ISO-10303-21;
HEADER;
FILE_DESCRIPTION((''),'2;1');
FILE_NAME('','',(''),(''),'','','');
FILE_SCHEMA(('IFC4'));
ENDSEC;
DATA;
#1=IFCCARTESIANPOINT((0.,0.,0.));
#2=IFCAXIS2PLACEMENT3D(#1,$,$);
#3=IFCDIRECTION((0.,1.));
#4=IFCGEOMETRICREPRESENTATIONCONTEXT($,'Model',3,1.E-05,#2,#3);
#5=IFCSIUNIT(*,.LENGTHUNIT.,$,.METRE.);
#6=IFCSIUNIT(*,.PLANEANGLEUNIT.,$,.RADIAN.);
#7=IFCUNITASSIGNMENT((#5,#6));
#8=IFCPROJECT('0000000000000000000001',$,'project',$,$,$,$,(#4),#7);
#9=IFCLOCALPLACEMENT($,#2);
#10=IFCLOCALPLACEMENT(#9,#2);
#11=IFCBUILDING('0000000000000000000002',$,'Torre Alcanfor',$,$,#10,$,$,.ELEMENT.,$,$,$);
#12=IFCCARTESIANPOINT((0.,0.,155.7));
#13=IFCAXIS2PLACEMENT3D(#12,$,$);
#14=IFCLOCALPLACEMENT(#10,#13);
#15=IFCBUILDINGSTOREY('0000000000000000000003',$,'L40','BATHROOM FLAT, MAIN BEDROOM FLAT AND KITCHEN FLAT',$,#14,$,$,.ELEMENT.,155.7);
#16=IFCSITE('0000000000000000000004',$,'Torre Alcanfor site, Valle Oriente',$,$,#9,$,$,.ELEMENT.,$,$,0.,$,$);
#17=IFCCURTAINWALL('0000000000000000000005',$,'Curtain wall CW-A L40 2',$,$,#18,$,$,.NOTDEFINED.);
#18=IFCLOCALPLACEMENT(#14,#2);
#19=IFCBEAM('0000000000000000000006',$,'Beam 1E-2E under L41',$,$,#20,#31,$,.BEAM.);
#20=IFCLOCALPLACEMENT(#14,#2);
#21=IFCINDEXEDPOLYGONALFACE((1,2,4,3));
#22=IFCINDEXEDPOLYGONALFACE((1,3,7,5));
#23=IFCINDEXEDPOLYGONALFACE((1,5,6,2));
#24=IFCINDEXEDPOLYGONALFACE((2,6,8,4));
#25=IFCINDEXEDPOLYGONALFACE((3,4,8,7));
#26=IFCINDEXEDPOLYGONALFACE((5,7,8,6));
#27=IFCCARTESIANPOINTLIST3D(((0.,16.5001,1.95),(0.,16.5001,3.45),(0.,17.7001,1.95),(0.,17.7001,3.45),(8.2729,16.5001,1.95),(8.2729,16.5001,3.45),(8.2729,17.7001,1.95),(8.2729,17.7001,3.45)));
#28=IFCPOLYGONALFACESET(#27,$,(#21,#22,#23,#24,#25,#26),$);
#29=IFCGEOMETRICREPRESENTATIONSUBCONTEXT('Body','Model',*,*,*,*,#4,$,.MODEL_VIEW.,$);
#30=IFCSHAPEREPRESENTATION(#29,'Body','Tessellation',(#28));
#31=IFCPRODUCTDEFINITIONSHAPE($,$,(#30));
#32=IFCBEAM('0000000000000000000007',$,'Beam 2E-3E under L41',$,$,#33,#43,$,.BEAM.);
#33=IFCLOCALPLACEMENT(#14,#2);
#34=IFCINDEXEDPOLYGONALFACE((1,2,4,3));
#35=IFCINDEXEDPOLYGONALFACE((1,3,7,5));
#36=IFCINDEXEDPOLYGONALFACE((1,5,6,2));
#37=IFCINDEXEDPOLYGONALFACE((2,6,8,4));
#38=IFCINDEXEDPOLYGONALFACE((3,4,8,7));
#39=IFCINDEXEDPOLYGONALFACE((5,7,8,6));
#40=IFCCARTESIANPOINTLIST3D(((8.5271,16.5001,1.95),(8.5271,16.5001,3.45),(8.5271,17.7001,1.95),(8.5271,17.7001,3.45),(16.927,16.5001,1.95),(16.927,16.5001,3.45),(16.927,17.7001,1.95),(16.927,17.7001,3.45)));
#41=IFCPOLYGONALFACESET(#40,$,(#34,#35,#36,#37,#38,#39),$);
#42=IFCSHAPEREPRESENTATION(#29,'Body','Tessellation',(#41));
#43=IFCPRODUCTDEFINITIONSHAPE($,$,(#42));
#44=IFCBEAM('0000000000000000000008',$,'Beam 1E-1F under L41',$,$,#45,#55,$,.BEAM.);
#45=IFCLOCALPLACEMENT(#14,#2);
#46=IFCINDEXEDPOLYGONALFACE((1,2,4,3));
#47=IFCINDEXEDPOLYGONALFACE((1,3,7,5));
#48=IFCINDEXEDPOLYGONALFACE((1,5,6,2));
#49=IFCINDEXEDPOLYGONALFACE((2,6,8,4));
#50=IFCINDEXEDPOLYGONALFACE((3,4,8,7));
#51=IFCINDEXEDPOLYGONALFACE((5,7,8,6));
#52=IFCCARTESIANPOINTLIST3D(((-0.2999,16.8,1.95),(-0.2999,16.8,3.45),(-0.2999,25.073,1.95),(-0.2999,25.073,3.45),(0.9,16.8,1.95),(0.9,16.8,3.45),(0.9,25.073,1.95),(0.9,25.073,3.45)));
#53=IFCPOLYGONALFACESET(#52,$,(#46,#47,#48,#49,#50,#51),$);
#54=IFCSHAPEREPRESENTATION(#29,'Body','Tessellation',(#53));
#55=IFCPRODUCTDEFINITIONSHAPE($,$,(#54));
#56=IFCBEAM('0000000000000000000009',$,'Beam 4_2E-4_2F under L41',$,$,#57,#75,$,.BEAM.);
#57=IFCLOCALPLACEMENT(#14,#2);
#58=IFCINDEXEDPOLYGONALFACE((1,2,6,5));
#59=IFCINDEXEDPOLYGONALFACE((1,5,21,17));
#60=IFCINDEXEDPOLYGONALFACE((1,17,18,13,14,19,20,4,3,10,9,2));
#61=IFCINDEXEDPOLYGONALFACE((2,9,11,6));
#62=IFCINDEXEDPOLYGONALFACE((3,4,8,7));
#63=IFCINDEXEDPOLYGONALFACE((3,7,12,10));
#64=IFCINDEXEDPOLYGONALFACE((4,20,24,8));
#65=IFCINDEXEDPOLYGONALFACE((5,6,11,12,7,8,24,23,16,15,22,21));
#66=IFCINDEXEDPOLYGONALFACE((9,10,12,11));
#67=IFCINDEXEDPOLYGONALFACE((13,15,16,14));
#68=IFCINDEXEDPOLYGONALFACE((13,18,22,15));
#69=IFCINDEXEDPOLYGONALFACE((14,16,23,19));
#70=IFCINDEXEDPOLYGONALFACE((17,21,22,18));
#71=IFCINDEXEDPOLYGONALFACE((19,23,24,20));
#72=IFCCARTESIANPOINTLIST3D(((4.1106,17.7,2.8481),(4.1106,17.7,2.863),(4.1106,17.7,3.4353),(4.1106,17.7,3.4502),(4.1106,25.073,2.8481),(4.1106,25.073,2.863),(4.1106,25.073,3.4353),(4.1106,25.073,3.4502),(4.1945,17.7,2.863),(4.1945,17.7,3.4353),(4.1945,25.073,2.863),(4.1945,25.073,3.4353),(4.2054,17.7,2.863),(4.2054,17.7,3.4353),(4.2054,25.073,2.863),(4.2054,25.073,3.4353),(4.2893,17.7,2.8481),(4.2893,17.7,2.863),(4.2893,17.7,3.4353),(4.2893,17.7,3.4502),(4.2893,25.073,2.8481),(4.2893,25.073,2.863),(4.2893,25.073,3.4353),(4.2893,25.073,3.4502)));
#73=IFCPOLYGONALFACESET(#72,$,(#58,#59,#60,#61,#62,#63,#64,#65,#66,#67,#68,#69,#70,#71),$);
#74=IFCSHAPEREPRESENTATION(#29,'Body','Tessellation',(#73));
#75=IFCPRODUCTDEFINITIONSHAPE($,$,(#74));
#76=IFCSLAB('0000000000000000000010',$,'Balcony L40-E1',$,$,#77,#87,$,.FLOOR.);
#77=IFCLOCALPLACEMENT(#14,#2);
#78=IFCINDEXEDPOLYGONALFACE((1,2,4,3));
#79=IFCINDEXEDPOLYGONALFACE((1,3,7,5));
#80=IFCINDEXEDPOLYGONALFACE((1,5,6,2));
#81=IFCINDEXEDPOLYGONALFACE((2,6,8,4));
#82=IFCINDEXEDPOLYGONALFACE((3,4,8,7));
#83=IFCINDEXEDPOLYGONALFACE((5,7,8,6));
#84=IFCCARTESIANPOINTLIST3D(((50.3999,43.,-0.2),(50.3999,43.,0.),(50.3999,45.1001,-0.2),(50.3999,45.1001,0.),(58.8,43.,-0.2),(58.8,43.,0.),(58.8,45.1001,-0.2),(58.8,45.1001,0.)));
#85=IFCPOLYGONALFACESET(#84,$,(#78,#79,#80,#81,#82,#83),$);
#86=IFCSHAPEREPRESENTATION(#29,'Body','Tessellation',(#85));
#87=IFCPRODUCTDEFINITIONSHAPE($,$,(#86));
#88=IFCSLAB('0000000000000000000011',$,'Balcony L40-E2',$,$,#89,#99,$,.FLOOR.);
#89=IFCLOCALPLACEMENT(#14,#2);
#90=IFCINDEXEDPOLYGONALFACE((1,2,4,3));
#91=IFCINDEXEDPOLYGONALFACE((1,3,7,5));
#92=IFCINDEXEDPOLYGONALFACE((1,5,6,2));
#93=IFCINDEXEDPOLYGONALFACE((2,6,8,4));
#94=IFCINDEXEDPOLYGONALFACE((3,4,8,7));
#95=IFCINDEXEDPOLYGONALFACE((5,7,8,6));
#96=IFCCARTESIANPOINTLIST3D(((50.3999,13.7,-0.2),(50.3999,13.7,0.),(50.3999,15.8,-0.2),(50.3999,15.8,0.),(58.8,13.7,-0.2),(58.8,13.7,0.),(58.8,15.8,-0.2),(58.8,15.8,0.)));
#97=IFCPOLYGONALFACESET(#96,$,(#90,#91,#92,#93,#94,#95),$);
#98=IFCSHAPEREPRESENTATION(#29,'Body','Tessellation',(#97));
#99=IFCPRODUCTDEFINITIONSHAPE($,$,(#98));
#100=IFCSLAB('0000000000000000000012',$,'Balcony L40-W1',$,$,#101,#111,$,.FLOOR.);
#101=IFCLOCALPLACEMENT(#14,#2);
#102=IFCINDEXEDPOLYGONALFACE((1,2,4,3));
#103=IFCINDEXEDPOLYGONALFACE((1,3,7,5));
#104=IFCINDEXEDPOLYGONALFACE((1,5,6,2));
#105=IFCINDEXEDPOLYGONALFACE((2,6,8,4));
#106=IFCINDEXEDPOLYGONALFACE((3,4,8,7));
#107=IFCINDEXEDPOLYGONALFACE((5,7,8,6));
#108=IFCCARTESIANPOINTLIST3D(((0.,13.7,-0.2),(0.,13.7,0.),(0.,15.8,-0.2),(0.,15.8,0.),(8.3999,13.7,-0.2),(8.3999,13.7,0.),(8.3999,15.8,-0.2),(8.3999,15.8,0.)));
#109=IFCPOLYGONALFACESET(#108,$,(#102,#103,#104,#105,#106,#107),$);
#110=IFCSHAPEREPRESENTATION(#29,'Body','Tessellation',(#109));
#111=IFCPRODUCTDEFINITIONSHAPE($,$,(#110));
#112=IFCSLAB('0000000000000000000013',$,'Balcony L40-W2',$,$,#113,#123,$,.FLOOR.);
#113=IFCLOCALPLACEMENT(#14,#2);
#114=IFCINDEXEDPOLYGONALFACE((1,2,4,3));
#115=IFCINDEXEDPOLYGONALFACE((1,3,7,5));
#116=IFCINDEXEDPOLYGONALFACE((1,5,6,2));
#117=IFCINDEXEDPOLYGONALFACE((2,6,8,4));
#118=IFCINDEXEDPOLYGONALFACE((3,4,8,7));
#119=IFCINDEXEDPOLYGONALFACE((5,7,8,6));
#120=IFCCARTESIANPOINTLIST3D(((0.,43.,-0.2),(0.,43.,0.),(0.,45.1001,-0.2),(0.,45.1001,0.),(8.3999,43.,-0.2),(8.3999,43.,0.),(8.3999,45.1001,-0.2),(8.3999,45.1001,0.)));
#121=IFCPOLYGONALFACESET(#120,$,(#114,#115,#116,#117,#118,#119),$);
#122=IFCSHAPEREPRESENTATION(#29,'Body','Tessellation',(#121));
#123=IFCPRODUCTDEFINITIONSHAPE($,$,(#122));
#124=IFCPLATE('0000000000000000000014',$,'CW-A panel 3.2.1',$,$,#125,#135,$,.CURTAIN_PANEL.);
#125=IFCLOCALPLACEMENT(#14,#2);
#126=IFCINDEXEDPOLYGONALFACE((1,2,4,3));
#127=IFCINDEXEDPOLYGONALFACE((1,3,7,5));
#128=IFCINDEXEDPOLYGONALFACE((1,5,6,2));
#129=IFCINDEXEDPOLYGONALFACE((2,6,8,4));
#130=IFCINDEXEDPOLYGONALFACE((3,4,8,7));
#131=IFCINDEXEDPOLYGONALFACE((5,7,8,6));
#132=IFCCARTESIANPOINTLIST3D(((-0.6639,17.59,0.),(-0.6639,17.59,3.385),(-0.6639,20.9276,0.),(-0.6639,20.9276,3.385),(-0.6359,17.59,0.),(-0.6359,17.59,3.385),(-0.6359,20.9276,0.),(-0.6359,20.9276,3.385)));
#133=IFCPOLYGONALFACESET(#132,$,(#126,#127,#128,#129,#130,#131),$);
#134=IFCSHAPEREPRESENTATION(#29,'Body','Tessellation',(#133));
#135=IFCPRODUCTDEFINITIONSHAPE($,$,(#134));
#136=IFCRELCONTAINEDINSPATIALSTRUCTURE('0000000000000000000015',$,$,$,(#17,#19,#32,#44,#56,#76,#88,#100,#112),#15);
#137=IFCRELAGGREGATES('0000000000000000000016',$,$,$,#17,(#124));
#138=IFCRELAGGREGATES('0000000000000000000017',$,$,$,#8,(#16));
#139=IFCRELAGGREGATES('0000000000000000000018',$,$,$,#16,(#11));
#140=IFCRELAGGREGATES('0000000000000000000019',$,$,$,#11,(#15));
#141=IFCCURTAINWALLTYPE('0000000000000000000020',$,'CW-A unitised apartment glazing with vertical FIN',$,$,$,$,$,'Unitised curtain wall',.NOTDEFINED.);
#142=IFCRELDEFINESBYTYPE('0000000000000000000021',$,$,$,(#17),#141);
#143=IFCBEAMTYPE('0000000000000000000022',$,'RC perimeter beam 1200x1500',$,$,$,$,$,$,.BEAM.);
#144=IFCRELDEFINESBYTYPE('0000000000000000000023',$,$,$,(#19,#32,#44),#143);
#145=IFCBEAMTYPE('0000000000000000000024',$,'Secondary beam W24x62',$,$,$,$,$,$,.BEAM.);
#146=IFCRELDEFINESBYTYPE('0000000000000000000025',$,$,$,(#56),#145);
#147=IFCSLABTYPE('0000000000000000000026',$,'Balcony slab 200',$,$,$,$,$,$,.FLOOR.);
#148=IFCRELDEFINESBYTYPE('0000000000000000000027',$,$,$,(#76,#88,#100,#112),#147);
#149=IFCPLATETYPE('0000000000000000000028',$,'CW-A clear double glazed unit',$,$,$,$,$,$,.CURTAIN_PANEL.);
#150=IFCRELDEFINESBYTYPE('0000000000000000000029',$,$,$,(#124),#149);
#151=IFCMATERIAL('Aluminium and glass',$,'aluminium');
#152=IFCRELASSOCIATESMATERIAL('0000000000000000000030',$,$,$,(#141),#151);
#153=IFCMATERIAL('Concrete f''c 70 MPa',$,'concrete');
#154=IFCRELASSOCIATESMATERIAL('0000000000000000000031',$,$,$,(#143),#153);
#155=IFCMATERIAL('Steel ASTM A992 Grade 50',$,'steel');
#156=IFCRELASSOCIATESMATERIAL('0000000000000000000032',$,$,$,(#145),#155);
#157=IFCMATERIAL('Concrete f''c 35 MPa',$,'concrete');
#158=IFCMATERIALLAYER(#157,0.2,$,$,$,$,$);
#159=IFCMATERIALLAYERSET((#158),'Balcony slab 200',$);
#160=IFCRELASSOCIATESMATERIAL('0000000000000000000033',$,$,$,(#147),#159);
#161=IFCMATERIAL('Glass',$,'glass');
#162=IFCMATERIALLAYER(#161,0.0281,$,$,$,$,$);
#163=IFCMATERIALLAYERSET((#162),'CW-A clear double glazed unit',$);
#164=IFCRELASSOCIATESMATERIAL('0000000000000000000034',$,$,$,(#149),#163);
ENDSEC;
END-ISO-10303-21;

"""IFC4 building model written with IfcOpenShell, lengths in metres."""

from ifc_helpers import new_model, si_unit, direction, frame, origin, origin_2d, place, context, subcontext, project, spatial, polyline, rectangle, i_section, outline, extrude, material, layer, layer_set, material_profile, profile_set, type_object, element, aggregate, save


model = new_model("IFC4")

# Units and contexts
model_context = context("Model", 3, precision=1e-05, world=origin(), true_north=direction((0.0, 1.0)))
body_context = subcontext(model_context, "Body", "Model", "MODEL_VIEW")
ifc_project = project(units=[si_unit("LENGTHUNIT", "METRE"), si_unit("PLANEANGLEUNIT", "RADIAN")], contexts=[model_context])

# Site, building, storey
site_placement = place(None, origin())
site = spatial("IfcSite", under=ifc_project, at=site_placement, Name="Torre Alcanfor site, Valle Oriente", CompositionType="ELEMENT", RefElevation=0.0)
building_placement = place(site_placement, origin())
building = spatial("IfcBuilding", under=site, at=building_placement, Name="Torre Alcanfor", CompositionType="ELEMENT")
storey_placement = place(building_placement, frame((0.0, 0.0, 155.7)))
storey = spatial("IfcBuildingStorey", under=building, at=storey_placement, Name="L40", Description="BATHROOM FLAT, MAIN BEDROOM FLAT AND KITCHEN FLAT", CompositionType="ELEMENT", Elevation=155.7)

# Curtain wall
ifc_material_1 = material(Name="Aluminium and glass", Category="aluminium")
curtain_wall_type = type_object("IfcCurtainWallType", Name="CW-A unitised apartment glazing with vertical FIN", ElementType="Unitised curtain wall", PredefinedType="NOTDEFINED", material=ifc_material_1)
curtain_wall_placement = place(storey_placement, origin())
curtain_wall = element("IfcCurtainWall", 1, at=curtain_wall_placement, inside=storey, type_object=curtain_wall_type, Name="Curtain wall CW-A L40 2", PredefinedType="NOTDEFINED")

# Beams
ifc_material_2 = material(Name="Concrete f'c 70 MPa", Category="concrete")
ifc_material_profile_1 = material_profile(ifc_material_2, rectangle(XDim=1.2, YDim=1.5, at=origin_2d()), Name="1200x1500")
ifc_profile_set_1 = profile_set([ifc_material_profile_1], Name="Concrete f'c 70 MPa")
beam_type_1 = type_object("IfcBeamType", Name="RC perimeter beam 1200x1500", PredefinedType="BEAM", material=ifc_profile_set_1)
beam_1_placement = place(storey_placement, frame((0.0, 17.1001, 2.7), z_axis=(1.0, 0.0, 0.0), x_axis=(0.0, 1.0, 0.0)))
element("IfcBeam", 2, at=beam_1_placement, inside=storey, type_object=beam_type_1, Name="Beam 1E-2E under L41", PredefinedType="BEAM", context=body_context, shape_type="SweptSolid", body=[
    extrude(rectangle(XDim=1.2, YDim=1.5, at=origin_2d()), origin(), (0.0, 0.0, 1.0), 8.2729),
])
beam_2_placement = place(storey_placement, frame((8.5271, 17.1001, 2.7), z_axis=(1.0, 0.0, 0.0), x_axis=(0.0, 1.0, 0.0)))
element("IfcBeam", 3, at=beam_2_placement, inside=storey, type_object=beam_type_1, Name="Beam 2E-3E under L41", PredefinedType="BEAM", context=body_context, shape_type="SweptSolid", body=[
    extrude(rectangle(XDim=1.2, YDim=1.5, at=origin_2d()), origin(), (0.0, 0.0, 1.0), 8.3999),
])
beam_3_placement = place(storey_placement, frame((0.3, 16.8, 2.7), z_axis=(0.0, 1.0, 0.0), x_axis=(-1.0, 0.0, 0.0)))
element("IfcBeam", 4, at=beam_3_placement, inside=storey, type_object=beam_type_1, Name="Beam 1E-1F under L41", PredefinedType="BEAM", context=body_context, shape_type="SweptSolid", body=[
    extrude(rectangle(XDim=1.2, YDim=1.5, at=origin_2d()), origin(), (0.0, 0.0, 1.0), 8.2729),
])
ifc_material_3 = material(Name="Steel ASTM A992 Grade 50", Category="steel")
ifc_material_profile_2 = material_profile(ifc_material_3, i_section(OverallWidth=0.1787, OverallDepth=0.6021, WebThickness=0.011, FlangeThickness=0.0149, at=origin_2d()), Name="W24x62")
ifc_profile_set_2 = profile_set([ifc_material_profile_2], Name="Steel ASTM A992 Grade 50")
beam_type_2 = type_object("IfcBeamType", Name="Secondary beam W24x62", PredefinedType="BEAM", material=ifc_profile_set_2)
beam_4_placement = place(storey_placement, frame((4.2, 17.7, 3.1492), z_axis=(0.0, 1.0, 0.0), x_axis=(-1.0, 0.0, 0.0)))
element("IfcBeam", 5, at=beam_4_placement, inside=storey, type_object=beam_type_2, Name="Beam 4_2E-4_2F under L41", PredefinedType="BEAM", context=body_context, shape_type="SweptSolid", body=[
    extrude(i_section(OverallWidth=0.1787, OverallDepth=0.6021, WebThickness=0.011, FlangeThickness=0.0149, at=origin_2d()), origin(), (0.0, 0.0, 1.0), 7.373),
])

# Slabs
ifc_material_4 = material(Name="Concrete f'c 35 MPa", Category="concrete")
ifc_layer_1 = layer(ifc_material_4, 0.2)
ifc_layer_set_1 = layer_set([ifc_layer_1], Name="Balcony slab 200")
slab_type_1 = type_object("IfcSlabType", Name="Balcony slab 200", PredefinedType="FLOOR", material=ifc_layer_set_1)
slab_1_placement = place(storey_placement, frame((0.0, 0.0, -0.2)))
element("IfcSlab", 6, at=slab_1_placement, inside=storey, type_object=slab_type_1, Name="Balcony L40-E1", PredefinedType="FLOOR", context=body_context, shape_type="SweptSolid", body=[
    extrude(outline(polyline([(50.3999, 43.0), (58.8, 43.0), (58.8, 45.1001), (50.3999, 45.1001), (50.3999, 43.0)])), origin(), (0.0, 0.0, 1.0), 0.2),
])
slab_2_placement = place(storey_placement, frame((0.0, 0.0, -0.2)))
element("IfcSlab", 7, at=slab_2_placement, inside=storey, type_object=slab_type_1, Name="Balcony L40-E2", PredefinedType="FLOOR", context=body_context, shape_type="SweptSolid", body=[
    extrude(outline(polyline([(50.3999, 13.7), (58.8, 13.7), (58.8, 15.8), (50.3999, 15.8), (50.3999, 13.7)])), origin(), (0.0, 0.0, 1.0), 0.2),
])
slab_3_placement = place(storey_placement, frame((0.0, 0.0, -0.2)))
element("IfcSlab", 8, at=slab_3_placement, inside=storey, type_object=slab_type_1, Name="Balcony L40-W1", PredefinedType="FLOOR", context=body_context, shape_type="SweptSolid", body=[
    extrude(outline(polyline([(8.3999, 15.8), (0.0, 15.8), (0.0, 13.7), (8.3999, 13.7), (8.3999, 15.8)])), origin(), (0.0, 0.0, 1.0), 0.2),
])
slab_4_placement = place(storey_placement, frame((0.0, 0.0, -0.2)))
element("IfcSlab", 9, at=slab_4_placement, inside=storey, type_object=slab_type_1, Name="Balcony L40-W2", PredefinedType="FLOOR", context=body_context, shape_type="SweptSolid", body=[
    extrude(outline(polyline([(8.3999, 45.1001), (0.0, 45.1001), (0.0, 43.0), (8.3999, 43.0), (8.3999, 45.1001)])), origin(), (0.0, 0.0, 1.0), 0.2),
])

# Plate
ifc_material_5 = material(Name="Glass", Category="glass")
ifc_layer_2 = layer(ifc_material_5, 0.0281)
ifc_layer_set_2 = layer_set([ifc_layer_2], Name="CW-A clear double glazed unit")
plate_type = type_object("IfcPlateType", Name="CW-A clear double glazed unit", PredefinedType="CURTAIN_PANEL", material=ifc_layer_set_2)
plate_placement = place(storey_placement, frame((-0.6499, 19.2588, 0.0), z_axis=(0.0, 0.0, 1.0), x_axis=(0.0, -1.0, 0.0)))
plate = element("IfcPlate", 10, at=plate_placement, type_object=plate_type, Name="CW-A panel 3.2.1", PredefinedType="CURTAIN_PANEL", context=body_context, shape_type="SweptSolid", body=[
    extrude(rectangle(XDim=3.3376, YDim=0.0281, at=origin_2d()), origin(), (0.0, 0.0, 1.0), 3.385),
])
aggregate(curtain_wall, [plate])

save(model, "model.ifc")
